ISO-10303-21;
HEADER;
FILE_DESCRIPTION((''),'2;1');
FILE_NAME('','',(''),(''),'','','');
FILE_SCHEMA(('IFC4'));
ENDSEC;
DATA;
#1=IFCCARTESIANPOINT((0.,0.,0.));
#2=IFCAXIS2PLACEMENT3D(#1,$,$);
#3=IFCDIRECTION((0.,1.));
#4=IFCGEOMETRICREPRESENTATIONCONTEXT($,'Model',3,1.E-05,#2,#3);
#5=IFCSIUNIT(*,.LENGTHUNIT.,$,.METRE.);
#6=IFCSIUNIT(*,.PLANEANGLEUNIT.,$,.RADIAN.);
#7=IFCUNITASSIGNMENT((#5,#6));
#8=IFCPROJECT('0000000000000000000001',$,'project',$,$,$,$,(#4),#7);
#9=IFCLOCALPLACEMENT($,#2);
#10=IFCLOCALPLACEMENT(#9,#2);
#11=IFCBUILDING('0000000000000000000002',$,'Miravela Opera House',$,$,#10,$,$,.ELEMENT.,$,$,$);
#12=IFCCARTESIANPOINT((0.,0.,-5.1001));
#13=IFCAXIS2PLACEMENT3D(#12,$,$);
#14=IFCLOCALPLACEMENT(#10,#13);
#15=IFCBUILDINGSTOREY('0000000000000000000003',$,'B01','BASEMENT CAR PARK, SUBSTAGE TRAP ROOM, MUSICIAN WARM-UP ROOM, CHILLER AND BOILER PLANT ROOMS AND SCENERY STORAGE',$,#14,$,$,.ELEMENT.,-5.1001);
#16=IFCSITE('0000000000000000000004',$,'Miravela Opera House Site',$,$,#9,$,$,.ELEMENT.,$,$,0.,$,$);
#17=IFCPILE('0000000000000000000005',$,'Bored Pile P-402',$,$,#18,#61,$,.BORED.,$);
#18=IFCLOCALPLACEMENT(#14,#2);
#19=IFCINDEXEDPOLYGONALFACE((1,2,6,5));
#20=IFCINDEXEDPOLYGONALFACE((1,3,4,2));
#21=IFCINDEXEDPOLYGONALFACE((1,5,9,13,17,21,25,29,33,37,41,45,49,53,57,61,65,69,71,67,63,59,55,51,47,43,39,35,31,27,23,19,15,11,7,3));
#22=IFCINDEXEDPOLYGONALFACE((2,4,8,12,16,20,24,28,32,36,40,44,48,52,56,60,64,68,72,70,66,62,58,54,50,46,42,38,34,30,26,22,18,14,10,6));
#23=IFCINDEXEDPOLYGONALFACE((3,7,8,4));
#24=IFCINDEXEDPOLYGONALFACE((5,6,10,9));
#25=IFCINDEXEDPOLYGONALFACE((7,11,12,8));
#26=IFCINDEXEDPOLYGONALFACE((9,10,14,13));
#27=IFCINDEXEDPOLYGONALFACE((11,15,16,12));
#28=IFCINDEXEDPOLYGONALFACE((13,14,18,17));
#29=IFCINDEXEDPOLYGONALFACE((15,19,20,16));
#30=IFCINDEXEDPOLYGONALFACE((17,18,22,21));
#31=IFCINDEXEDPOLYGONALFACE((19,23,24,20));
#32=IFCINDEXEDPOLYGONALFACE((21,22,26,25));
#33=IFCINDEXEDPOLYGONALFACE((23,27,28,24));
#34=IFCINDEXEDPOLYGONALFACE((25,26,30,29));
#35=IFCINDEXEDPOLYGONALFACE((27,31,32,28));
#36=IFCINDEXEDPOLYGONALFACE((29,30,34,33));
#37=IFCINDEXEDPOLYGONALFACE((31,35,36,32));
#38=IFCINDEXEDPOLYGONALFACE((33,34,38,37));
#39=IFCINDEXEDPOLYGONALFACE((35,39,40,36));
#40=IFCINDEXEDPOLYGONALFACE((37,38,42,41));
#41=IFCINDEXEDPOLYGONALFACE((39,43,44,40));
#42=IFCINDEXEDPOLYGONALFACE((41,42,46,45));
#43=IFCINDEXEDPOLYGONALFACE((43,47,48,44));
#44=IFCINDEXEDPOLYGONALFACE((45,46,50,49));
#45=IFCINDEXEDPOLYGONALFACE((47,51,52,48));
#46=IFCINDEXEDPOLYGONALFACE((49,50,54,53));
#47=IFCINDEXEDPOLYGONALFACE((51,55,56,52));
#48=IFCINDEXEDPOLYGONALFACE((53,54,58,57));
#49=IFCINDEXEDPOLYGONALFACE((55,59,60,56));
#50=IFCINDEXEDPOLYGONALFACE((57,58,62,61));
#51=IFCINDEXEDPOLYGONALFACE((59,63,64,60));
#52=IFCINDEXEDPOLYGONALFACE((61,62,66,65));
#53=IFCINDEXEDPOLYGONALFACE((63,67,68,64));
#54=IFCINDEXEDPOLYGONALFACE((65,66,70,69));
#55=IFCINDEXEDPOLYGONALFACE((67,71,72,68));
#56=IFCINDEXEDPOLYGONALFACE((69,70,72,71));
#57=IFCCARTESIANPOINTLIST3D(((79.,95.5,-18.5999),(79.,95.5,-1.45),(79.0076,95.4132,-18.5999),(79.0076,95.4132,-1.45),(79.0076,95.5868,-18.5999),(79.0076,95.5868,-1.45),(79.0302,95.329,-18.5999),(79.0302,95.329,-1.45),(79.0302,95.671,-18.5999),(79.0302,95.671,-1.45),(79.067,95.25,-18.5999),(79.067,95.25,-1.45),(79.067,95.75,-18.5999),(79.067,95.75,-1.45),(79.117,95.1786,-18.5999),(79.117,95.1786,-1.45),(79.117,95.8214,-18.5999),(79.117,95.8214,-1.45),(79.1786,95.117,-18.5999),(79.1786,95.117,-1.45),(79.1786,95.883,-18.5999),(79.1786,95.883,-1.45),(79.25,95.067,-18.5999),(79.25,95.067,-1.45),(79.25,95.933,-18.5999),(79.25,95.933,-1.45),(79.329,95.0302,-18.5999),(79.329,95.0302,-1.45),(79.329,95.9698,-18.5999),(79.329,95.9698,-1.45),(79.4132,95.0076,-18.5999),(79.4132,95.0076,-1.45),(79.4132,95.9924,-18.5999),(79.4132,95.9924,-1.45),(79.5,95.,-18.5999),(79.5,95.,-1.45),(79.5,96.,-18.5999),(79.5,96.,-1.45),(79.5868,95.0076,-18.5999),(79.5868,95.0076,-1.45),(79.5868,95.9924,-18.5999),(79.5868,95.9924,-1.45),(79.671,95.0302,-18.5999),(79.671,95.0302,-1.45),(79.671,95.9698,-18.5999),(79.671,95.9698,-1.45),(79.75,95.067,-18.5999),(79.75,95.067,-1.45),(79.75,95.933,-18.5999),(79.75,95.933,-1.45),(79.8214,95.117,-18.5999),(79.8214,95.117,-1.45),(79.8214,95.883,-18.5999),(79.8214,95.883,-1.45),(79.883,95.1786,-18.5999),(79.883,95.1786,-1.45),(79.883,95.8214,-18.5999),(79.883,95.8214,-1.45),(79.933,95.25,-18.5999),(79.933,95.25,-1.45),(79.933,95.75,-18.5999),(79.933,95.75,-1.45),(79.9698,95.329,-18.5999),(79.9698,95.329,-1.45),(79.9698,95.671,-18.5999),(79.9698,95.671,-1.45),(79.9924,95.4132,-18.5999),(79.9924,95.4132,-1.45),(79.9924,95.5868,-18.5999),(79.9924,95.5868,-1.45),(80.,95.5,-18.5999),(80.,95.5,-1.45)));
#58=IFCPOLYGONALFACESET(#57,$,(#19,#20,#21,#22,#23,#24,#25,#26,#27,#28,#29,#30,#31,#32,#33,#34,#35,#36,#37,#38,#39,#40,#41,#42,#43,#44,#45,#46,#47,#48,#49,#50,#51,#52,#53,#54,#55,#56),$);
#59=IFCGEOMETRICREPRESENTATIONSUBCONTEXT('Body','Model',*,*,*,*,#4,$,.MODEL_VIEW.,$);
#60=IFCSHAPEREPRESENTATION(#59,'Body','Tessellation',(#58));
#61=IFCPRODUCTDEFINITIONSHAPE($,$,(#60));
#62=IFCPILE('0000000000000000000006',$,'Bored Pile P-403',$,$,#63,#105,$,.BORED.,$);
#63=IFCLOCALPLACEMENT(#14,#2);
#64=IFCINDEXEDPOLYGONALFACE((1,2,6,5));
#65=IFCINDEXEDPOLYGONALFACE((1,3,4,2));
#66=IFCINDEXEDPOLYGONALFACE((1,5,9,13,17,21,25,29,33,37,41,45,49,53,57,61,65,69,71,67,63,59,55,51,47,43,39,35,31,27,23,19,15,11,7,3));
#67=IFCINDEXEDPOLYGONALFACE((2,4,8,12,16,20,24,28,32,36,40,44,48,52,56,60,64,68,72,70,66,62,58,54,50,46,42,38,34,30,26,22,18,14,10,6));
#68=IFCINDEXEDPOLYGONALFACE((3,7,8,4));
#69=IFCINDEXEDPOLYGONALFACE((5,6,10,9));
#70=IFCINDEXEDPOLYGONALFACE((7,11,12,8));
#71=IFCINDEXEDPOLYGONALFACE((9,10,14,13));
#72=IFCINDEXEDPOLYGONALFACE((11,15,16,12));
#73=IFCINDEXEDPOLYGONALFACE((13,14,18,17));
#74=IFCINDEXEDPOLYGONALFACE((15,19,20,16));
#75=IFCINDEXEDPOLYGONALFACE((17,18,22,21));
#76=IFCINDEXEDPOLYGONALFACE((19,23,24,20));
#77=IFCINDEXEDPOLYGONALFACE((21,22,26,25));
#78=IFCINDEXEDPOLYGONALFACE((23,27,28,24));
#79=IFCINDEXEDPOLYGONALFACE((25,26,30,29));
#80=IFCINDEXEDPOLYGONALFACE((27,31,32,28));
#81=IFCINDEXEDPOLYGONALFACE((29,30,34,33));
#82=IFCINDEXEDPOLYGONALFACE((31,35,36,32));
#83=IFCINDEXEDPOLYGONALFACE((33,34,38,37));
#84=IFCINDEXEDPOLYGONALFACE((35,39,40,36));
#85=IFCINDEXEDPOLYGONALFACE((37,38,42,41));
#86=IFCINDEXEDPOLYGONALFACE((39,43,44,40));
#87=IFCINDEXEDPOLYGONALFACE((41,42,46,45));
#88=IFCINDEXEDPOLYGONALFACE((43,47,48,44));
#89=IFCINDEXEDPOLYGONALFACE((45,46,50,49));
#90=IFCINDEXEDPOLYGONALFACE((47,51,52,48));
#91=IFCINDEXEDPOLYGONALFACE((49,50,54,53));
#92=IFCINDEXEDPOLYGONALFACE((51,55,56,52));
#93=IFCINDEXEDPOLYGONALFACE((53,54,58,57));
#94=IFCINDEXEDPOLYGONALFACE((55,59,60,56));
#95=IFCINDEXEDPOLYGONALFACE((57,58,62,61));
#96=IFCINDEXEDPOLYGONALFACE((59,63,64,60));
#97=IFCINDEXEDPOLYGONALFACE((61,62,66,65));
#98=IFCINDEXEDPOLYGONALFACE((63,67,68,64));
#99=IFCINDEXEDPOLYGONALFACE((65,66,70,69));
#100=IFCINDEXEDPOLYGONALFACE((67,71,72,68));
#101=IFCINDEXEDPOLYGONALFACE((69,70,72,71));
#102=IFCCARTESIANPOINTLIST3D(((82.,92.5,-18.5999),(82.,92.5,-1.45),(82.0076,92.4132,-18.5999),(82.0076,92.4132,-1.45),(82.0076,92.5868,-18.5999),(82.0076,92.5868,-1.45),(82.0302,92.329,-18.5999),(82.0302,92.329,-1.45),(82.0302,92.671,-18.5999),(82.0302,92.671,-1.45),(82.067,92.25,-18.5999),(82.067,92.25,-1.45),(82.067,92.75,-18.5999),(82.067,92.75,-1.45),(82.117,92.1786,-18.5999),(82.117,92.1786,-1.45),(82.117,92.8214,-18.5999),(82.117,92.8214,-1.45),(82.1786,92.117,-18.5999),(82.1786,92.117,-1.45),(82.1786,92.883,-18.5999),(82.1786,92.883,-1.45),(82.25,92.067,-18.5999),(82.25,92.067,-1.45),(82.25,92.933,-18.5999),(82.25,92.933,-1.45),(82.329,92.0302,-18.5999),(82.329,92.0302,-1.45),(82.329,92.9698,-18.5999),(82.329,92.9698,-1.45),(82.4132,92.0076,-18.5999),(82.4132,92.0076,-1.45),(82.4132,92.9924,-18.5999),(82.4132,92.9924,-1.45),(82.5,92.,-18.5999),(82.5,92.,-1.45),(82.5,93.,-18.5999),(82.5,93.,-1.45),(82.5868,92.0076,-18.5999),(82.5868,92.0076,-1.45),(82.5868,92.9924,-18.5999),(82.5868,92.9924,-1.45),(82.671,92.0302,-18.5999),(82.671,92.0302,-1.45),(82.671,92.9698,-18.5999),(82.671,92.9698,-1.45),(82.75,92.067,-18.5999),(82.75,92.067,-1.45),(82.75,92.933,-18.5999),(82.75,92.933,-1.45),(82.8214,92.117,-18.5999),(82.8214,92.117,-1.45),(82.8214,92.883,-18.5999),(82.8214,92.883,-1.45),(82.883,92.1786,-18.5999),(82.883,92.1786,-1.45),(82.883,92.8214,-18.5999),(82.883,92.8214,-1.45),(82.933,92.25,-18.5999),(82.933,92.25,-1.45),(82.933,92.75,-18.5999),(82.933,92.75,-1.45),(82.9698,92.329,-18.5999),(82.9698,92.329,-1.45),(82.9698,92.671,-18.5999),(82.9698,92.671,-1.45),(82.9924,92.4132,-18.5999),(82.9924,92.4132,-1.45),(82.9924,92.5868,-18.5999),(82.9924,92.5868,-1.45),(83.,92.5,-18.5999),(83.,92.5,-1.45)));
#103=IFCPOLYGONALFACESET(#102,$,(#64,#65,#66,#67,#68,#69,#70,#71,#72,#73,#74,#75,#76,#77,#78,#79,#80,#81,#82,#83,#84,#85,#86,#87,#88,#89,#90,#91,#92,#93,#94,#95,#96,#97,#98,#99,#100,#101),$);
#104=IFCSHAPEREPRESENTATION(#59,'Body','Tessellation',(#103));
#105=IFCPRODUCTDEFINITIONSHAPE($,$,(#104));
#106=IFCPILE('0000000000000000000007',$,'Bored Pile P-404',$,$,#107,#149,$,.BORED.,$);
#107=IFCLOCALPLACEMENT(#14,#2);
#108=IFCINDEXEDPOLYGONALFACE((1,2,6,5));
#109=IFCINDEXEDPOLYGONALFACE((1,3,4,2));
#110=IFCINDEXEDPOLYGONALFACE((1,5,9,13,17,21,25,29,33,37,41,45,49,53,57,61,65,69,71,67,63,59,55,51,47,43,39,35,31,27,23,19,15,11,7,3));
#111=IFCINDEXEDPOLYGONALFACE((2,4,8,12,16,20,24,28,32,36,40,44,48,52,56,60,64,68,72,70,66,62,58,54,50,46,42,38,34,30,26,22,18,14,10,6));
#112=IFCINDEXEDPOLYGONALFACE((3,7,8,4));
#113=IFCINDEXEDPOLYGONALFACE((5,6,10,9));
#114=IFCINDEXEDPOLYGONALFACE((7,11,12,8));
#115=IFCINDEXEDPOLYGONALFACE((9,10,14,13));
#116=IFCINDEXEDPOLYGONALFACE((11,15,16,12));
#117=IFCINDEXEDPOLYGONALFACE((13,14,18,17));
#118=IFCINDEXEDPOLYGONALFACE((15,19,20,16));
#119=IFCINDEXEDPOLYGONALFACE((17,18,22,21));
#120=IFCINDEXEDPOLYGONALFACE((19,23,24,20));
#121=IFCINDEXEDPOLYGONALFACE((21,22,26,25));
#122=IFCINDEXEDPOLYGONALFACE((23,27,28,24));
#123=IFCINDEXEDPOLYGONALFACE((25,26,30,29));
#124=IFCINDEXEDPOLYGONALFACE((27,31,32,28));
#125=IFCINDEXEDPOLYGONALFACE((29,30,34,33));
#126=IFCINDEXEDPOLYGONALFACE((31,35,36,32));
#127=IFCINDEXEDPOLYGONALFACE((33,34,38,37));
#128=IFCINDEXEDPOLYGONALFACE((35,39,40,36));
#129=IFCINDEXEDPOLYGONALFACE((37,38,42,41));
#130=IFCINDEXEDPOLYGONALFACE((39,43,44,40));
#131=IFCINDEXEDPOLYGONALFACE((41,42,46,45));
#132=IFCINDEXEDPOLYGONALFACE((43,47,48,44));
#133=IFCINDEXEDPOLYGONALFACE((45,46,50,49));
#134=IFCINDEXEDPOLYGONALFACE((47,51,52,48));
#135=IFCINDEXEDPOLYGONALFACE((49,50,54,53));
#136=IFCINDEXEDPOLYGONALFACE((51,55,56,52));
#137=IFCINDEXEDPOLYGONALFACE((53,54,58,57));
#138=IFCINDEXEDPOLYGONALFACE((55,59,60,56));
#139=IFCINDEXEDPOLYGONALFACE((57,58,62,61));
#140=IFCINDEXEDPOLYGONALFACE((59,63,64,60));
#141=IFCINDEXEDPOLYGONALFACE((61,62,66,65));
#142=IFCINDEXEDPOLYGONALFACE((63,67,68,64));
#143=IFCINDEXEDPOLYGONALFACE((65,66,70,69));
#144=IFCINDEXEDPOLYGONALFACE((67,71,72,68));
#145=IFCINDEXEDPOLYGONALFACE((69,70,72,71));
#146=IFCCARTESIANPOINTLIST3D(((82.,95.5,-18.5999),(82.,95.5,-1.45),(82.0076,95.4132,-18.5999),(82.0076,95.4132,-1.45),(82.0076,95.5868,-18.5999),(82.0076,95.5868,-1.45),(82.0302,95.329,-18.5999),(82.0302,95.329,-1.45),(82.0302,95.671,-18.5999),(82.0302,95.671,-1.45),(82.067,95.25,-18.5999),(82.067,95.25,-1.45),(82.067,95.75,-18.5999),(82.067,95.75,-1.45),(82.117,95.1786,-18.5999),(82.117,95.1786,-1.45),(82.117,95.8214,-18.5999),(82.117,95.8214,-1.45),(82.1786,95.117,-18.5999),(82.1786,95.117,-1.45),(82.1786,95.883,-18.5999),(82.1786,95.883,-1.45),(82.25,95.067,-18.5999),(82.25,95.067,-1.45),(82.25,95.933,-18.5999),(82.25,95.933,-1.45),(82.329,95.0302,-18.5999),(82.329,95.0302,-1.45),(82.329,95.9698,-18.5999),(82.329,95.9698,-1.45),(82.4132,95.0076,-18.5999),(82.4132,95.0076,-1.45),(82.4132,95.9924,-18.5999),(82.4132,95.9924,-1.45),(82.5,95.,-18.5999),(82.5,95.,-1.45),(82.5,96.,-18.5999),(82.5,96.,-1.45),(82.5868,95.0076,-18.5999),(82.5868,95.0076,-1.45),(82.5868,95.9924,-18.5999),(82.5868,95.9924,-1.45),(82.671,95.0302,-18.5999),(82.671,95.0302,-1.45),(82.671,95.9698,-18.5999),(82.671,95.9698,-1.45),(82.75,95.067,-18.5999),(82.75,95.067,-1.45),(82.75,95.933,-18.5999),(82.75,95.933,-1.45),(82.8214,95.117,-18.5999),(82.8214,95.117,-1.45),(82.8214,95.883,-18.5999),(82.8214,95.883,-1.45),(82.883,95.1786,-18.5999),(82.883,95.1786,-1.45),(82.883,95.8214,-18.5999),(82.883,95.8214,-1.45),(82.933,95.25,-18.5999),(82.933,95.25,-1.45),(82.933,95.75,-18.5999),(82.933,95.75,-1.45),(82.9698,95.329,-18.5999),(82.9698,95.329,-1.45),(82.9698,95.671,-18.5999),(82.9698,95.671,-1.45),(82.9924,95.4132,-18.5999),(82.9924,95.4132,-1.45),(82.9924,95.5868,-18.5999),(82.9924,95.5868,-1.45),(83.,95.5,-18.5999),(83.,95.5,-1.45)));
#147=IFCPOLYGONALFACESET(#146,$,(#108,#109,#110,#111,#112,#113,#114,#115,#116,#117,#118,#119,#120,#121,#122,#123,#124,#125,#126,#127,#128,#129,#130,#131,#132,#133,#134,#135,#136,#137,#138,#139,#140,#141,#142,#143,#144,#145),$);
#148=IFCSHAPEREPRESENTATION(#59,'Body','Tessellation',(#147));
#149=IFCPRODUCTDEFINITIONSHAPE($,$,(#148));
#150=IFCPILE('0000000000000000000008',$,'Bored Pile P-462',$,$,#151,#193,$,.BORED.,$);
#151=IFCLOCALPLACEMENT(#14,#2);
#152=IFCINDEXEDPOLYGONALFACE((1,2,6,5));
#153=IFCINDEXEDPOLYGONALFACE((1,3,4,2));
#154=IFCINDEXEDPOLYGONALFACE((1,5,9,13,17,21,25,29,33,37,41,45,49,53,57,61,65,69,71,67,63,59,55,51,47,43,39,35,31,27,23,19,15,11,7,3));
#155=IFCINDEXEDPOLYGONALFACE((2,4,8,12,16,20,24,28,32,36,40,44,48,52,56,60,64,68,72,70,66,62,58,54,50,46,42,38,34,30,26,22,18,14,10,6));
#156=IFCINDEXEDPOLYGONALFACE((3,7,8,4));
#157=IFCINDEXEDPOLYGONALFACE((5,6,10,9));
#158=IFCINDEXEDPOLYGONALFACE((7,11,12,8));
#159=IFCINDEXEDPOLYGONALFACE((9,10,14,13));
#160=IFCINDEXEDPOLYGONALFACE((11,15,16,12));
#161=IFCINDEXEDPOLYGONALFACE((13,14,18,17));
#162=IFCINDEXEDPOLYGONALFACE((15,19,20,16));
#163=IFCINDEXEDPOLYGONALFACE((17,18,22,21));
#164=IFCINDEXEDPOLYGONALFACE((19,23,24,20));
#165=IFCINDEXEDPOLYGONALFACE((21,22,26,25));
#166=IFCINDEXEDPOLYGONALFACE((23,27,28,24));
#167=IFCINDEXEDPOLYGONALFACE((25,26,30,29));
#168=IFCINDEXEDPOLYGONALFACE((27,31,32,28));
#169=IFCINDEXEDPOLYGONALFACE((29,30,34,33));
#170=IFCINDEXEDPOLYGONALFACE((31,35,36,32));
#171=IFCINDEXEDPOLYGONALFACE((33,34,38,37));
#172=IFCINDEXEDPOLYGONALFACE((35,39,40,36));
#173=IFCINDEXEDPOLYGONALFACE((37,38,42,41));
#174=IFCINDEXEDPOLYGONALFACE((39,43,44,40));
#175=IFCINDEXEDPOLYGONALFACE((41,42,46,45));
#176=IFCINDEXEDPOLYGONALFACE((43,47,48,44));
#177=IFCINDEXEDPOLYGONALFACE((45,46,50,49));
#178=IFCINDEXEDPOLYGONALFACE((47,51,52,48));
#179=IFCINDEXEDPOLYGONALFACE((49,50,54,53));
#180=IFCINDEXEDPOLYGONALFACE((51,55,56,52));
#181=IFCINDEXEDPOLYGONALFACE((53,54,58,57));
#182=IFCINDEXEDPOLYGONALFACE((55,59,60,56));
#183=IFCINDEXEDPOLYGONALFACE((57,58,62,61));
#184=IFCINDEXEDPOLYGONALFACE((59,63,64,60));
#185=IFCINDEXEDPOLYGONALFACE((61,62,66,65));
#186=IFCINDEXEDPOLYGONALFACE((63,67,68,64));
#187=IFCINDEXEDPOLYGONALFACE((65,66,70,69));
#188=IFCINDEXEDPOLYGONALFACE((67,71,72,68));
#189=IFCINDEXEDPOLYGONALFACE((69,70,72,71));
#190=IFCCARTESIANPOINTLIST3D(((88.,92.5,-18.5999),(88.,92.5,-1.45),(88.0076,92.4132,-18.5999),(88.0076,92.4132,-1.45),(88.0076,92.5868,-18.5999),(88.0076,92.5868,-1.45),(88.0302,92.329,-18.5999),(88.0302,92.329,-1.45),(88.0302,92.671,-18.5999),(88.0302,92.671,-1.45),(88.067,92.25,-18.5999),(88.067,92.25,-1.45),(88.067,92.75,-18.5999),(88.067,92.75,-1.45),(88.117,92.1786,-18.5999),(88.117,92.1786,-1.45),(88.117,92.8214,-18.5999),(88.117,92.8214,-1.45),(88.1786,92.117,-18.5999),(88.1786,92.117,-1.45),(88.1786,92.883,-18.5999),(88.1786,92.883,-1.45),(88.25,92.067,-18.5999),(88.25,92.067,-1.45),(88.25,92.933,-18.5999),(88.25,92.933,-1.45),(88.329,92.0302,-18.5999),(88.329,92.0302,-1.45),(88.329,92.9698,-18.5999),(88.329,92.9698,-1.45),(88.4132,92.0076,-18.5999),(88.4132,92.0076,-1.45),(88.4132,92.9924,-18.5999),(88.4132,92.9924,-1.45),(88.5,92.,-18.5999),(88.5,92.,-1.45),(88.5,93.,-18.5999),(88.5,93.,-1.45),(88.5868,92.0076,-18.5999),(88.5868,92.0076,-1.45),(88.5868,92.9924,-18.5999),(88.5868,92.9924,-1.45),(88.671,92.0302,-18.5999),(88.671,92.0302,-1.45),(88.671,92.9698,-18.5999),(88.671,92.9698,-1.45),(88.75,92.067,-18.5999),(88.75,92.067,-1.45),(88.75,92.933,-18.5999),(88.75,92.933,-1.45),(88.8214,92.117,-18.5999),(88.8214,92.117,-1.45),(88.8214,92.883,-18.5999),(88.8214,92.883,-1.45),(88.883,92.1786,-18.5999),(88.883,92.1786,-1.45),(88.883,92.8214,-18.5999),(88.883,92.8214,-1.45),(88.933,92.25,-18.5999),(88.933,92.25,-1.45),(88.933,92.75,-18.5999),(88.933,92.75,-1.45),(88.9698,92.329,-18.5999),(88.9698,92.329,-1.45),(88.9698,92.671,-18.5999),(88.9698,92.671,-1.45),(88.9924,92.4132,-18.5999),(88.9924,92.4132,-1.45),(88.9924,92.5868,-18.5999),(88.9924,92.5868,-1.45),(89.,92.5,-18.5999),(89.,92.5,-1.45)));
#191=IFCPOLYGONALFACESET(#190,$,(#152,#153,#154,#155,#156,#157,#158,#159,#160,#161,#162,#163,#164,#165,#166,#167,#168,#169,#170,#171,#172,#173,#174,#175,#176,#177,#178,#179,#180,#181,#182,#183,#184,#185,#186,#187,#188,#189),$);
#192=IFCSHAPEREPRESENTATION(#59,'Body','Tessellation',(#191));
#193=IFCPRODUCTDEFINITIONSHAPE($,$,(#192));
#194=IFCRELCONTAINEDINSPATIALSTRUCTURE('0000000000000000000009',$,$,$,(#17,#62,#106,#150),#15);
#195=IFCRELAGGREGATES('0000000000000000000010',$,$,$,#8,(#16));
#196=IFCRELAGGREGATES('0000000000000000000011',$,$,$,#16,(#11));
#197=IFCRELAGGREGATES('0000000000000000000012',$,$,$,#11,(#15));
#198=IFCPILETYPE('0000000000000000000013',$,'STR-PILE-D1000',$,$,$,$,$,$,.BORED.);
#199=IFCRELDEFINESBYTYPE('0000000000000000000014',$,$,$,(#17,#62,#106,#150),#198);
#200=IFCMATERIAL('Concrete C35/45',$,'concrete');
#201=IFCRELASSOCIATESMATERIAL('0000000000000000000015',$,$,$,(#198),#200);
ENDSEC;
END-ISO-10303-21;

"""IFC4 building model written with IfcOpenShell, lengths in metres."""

from ifc_helpers import new_model, si_unit, direction, frame, origin, origin_2d, place, context, subcontext, project, spatial, circle, extrude, material, material_profile, profile_set, type_object, element, save


model = new_model("IFC4")

# Units and contexts
model_context = context("Model", 3, precision=1e-05, world=origin(), true_north=direction((0.0, 1.0)))
body_context = subcontext(model_context, "Body", "Model", "MODEL_VIEW")
ifc_project = project(units=[si_unit("LENGTHUNIT", "METRE"), si_unit("PLANEANGLEUNIT", "RADIAN")], contexts=[model_context])

# Site, building, storey
site_placement = place(None, origin())
site = spatial("IfcSite", under=ifc_project, at=site_placement, Name="Miravela Opera House Site", CompositionType="ELEMENT", RefElevation=0.0)
building_placement = place(site_placement, origin())
building = spatial("IfcBuilding", under=site, at=building_placement, Name="Miravela Opera House", CompositionType="ELEMENT")
storey_placement = place(building_placement, frame((0.0, 0.0, -5.1001)))
storey = spatial("IfcBuildingStorey", under=building, at=storey_placement, Name="B01", Description="BASEMENT CAR PARK, SUBSTAGE TRAP ROOM, MUSICIAN WARM-UP ROOM, CHILLER AND BOILER PLANT ROOMS AND SCENERY STORAGE", CompositionType="ELEMENT", Elevation=-5.1001)

# Shared definitions
ifc_material_1 = material(Name="Concrete C35/45", Category="concrete")

# Piles
ifc_material_profile_1 = material_profile(ifc_material_1, circle(Radius=0.5, at=origin_2d()), Name="PILE-D1000")
ifc_profile_set_1 = profile_set([ifc_material_profile_1])
pile_type_1 = type_object("IfcPileType", Name="STR-PILE-D1000", PredefinedType="BORED", material=ifc_profile_set_1)
for number, where, z_axis, x_axis, name in (
    (1, (79.5, 95.5, -1.45), (0.0, 0.0, -1.0), (1.0, 0.0, 0.0), "Bored Pile P-402"),
    (2, (82.5, 92.5, -1.45), (0.0, 0.0, -1.0), (1.0, 0.0, 0.0), "Bored Pile P-403"),
    (3, (82.5, 95.5, -1.45), (0.0, 0.0, -1.0), (1.0, 0.0, 0.0), "Bored Pile P-404"),
    (4, (88.5, 92.5, -1.45), (0.0, 0.0, -1.0), (1.0, 0.0, 0.0), "Bored Pile P-462"),
):
    element("IfcPile", number, at=place(storey_placement, frame(where, z_axis=z_axis, x_axis=x_axis)), inside=storey, type_object=pile_type_1, Name=name, PredefinedType="BORED", context=body_context, shape_type="SweptSolid", body=[
        extrude(circle(Radius=0.5, at=origin_2d()), origin(), (0.0, 0.0, 1.0), 17.1499),
    ])

save(model, "model.ifc")
